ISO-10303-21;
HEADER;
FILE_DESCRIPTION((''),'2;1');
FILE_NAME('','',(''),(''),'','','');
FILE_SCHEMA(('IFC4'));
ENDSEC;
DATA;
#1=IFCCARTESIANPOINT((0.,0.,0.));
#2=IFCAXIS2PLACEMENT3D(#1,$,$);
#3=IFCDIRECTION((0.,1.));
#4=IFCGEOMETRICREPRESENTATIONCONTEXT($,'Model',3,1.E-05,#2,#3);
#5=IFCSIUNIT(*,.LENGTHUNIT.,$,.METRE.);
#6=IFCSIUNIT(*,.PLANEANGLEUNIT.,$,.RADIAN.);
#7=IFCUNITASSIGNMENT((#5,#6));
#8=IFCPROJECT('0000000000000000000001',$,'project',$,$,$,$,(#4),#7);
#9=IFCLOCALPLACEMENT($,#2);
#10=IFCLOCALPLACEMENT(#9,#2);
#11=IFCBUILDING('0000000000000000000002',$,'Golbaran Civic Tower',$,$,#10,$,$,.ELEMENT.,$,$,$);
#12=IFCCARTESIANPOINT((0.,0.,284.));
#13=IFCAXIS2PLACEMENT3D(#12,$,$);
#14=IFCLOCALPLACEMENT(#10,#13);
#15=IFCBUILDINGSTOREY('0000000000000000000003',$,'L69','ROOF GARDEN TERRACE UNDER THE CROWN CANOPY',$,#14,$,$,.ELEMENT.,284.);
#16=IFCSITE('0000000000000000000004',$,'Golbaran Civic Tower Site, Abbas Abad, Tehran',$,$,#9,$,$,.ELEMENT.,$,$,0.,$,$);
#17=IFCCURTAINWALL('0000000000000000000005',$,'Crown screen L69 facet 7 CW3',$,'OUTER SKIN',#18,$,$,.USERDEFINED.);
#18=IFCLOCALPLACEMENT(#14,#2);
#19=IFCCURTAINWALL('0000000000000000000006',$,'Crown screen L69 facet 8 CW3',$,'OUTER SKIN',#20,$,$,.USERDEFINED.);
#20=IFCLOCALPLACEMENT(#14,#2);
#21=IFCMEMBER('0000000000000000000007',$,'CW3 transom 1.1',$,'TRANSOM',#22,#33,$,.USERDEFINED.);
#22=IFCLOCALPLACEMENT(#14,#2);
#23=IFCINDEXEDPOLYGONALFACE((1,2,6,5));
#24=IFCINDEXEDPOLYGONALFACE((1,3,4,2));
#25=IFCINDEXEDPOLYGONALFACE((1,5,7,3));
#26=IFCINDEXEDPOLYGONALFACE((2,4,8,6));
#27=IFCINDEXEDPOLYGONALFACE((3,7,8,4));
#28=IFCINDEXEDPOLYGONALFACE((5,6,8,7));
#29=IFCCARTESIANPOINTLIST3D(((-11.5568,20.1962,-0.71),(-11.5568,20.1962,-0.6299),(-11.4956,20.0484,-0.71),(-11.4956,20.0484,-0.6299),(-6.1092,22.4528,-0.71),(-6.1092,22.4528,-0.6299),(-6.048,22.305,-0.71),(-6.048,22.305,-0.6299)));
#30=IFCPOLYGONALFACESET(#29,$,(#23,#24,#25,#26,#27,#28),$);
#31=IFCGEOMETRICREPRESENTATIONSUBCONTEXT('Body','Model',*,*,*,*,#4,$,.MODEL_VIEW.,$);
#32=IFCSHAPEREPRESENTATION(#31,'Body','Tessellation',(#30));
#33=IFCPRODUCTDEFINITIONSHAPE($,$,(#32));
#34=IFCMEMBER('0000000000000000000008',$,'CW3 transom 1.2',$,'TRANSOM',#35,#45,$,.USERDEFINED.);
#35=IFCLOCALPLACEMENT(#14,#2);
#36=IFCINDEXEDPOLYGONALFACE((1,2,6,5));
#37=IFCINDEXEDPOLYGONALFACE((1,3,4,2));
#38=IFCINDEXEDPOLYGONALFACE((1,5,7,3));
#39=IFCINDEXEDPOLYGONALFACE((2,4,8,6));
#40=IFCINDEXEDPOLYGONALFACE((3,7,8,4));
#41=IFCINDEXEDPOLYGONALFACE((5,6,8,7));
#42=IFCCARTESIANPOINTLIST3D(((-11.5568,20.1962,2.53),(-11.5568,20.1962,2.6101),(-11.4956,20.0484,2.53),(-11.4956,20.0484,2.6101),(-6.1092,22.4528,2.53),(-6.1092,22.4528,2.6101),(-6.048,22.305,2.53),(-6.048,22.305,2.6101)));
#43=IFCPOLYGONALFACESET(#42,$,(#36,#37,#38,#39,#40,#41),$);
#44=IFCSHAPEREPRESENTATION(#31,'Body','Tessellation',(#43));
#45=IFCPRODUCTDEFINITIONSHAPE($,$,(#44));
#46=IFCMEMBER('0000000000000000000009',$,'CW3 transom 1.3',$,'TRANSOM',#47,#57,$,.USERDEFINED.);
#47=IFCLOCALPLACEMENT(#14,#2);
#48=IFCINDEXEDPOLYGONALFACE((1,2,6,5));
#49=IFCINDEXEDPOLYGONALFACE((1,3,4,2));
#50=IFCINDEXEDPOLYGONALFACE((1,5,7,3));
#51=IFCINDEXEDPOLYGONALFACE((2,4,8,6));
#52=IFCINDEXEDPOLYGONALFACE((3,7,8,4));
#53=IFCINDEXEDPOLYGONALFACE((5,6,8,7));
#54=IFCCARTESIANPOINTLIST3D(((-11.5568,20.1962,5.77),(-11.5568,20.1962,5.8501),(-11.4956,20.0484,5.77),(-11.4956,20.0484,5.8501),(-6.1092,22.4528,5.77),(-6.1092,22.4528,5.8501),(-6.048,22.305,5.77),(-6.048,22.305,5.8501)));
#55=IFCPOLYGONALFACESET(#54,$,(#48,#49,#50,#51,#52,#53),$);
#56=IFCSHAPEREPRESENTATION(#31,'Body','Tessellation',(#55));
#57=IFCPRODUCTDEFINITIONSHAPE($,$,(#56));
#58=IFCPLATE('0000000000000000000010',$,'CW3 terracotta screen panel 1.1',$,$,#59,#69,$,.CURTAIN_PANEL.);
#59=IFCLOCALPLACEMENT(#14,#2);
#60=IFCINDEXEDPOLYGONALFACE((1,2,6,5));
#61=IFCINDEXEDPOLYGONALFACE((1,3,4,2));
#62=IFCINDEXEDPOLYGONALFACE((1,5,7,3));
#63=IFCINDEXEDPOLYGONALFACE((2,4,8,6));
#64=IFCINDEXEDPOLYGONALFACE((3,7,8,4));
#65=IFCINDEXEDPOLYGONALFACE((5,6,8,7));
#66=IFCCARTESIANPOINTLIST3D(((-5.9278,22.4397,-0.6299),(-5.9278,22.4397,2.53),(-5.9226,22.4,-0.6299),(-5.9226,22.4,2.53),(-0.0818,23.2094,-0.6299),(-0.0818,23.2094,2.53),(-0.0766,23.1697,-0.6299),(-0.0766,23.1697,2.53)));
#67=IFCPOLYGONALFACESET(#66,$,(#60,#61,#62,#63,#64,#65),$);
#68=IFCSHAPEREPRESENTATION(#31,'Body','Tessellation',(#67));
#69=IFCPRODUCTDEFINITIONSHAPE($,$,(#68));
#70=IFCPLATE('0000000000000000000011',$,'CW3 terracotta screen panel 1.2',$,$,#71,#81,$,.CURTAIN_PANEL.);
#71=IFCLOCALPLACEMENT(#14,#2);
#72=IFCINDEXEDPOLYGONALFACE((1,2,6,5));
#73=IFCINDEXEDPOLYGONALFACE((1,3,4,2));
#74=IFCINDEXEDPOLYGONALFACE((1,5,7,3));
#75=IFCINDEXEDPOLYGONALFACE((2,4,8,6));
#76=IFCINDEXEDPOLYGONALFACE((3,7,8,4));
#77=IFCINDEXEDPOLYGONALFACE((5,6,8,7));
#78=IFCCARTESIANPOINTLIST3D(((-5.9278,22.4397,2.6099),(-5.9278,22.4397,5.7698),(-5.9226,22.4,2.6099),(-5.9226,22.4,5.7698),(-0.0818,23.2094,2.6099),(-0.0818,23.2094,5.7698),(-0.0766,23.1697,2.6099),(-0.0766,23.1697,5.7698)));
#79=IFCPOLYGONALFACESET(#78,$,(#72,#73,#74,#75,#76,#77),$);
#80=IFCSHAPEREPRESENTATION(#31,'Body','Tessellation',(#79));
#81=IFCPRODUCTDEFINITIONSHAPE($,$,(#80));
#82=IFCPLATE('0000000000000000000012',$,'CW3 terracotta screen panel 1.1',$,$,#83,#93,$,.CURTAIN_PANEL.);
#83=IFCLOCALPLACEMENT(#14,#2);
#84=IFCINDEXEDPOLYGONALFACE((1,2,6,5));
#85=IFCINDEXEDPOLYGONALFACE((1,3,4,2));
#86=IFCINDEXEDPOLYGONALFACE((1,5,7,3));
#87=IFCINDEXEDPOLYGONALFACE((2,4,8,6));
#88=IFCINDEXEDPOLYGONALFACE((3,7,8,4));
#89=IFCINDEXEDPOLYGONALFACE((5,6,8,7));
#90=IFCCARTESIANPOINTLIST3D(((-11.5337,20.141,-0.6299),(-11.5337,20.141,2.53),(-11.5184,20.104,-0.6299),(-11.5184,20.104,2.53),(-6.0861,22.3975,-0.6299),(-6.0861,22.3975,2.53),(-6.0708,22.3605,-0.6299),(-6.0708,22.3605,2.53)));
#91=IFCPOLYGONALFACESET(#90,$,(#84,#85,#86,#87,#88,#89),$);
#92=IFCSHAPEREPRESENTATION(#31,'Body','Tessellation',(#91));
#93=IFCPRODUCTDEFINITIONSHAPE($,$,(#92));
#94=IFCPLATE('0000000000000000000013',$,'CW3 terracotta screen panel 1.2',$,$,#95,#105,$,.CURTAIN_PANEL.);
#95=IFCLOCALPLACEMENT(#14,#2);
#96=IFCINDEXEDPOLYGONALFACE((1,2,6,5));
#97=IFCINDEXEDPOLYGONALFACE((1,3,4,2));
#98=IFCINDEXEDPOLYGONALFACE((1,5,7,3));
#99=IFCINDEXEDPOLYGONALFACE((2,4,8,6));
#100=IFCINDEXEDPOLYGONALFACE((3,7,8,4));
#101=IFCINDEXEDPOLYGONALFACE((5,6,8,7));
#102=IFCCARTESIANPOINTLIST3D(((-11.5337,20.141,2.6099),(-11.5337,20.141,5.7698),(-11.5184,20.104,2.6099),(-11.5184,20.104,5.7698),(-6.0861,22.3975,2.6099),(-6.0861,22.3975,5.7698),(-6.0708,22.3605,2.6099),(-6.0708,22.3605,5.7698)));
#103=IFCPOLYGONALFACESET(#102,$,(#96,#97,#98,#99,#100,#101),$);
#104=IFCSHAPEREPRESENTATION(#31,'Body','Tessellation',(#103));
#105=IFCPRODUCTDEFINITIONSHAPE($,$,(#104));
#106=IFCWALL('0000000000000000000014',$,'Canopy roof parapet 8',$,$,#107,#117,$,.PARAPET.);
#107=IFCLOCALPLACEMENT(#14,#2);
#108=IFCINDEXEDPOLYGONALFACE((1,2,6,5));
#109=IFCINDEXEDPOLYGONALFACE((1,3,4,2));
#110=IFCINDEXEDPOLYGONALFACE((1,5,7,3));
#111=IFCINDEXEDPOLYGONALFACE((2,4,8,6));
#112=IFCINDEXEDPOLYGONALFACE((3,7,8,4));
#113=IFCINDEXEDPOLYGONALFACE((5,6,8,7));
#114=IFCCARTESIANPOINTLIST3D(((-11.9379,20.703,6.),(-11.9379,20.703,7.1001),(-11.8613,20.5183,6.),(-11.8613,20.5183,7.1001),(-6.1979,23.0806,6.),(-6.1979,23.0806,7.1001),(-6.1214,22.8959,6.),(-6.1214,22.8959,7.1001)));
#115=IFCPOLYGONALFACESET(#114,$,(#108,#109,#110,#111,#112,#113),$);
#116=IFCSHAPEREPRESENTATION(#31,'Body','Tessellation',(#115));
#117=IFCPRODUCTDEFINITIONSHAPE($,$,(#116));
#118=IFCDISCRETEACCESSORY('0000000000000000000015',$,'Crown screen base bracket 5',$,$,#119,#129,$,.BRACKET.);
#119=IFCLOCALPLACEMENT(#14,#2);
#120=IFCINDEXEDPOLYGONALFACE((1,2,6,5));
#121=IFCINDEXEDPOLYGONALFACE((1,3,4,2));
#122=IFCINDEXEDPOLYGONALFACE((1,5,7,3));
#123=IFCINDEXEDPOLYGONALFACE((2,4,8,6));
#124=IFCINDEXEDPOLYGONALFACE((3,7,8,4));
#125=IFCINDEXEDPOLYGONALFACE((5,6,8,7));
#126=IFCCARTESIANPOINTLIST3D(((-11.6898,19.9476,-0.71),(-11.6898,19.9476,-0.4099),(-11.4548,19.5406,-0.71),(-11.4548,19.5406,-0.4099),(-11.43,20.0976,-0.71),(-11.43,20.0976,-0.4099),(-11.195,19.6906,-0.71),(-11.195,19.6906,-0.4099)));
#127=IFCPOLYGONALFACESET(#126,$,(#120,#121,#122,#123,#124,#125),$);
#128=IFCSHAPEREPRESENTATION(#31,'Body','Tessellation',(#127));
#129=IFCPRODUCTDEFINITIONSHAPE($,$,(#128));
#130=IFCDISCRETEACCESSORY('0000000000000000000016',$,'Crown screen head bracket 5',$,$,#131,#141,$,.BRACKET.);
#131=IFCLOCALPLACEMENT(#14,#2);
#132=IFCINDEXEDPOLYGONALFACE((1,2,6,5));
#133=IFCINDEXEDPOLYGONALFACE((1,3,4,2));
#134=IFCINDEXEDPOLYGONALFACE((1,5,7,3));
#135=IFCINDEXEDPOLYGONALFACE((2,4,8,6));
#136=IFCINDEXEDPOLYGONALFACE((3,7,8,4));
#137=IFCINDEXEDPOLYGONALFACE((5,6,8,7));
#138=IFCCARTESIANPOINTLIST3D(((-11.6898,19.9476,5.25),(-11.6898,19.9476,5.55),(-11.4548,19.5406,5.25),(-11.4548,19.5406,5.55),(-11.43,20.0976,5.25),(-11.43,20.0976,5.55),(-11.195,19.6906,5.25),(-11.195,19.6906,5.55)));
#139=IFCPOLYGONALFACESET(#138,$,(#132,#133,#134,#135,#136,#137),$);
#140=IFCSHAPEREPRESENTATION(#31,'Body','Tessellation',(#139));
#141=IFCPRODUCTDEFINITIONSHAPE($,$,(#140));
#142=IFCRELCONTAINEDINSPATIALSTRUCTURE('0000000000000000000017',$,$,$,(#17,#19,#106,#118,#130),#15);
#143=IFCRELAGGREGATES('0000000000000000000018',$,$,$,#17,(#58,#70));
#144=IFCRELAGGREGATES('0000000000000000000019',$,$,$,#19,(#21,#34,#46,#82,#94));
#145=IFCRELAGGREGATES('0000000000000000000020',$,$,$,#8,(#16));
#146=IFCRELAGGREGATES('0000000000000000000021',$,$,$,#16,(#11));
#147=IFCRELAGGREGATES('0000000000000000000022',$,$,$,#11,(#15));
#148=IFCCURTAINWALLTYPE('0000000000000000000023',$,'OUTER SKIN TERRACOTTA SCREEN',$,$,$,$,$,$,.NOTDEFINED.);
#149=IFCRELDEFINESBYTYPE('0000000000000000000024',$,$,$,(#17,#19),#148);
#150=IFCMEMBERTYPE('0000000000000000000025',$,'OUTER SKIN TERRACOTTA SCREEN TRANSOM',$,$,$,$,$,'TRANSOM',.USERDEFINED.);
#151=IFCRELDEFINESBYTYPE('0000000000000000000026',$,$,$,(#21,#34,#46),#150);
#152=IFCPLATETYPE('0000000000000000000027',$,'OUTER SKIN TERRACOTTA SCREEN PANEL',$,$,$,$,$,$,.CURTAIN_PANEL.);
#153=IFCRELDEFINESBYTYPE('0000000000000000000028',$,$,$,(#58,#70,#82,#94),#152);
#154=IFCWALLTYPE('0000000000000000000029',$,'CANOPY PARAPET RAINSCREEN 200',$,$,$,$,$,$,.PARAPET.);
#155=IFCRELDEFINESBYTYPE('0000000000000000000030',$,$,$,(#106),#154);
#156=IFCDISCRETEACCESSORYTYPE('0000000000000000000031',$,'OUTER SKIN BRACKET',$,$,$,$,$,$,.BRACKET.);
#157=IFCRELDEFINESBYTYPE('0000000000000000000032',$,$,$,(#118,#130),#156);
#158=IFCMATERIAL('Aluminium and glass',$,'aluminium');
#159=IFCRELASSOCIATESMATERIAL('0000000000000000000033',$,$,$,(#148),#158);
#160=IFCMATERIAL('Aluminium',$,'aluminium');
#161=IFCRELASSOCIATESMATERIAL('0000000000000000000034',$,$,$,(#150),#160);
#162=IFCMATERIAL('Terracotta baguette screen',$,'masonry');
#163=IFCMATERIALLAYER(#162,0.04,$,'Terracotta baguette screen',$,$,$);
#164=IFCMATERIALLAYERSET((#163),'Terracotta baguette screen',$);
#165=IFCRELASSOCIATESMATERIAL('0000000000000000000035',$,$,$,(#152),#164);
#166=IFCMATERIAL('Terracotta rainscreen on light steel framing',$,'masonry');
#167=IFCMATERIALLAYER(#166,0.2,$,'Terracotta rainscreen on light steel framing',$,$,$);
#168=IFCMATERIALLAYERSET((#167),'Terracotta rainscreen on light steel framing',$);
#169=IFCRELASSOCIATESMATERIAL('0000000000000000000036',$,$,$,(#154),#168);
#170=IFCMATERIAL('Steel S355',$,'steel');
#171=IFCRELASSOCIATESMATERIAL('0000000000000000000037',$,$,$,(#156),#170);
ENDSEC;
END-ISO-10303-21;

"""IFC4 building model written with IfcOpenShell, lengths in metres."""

from ifc_helpers import new_model, si_unit, direction, frame, frame_2d, origin, origin_2d, place, context, subcontext, project, spatial, rectangle, extrude, material, layer, layer_set, material_profile, profile_set, type_object, element, aggregate, save


model = new_model("IFC4")

# Units and contexts
model_context = context("Model", 3, precision=1e-05, world=origin(), true_north=direction((0.0, 1.0)))
body_context = subcontext(model_context, "Body", "Model", "MODEL_VIEW")
ifc_project = project(units=[si_unit("LENGTHUNIT", "METRE"), si_unit("PLANEANGLEUNIT", "RADIAN")], contexts=[model_context])

# Site, building, storey
site_placement = place(None, origin())
site = spatial("IfcSite", under=ifc_project, at=site_placement, Name="Golbaran Civic Tower Site, Abbas Abad, Tehran", CompositionType="ELEMENT", RefElevation=0.0)
building_placement = place(site_placement, origin())
building = spatial("IfcBuilding", under=site, at=building_placement, Name="Golbaran Civic Tower", CompositionType="ELEMENT")
storey_placement = place(building_placement, frame((0.0, 0.0, 284.0)))
storey = spatial("IfcBuildingStorey", under=building, at=storey_placement, Name="L69", Description="ROOF GARDEN TERRACE UNDER THE CROWN CANOPY", CompositionType="ELEMENT", Elevation=284.0)

# Shared definitions
ifc_material_1 = material(Name="Steel S355", Category="steel")

# Curtain walls
ifc_material_2 = material(Name="Aluminium and glass", Category="aluminium")
curtain_wall_type = type_object("IfcCurtainWallType", Name="OUTER SKIN TERRACOTTA SCREEN", PredefinedType="NOTDEFINED", material=ifc_material_2)
curtain_wall_1_placement = place(storey_placement, origin())
curtain_wall_1 = element("IfcCurtainWall", 1, at=curtain_wall_1_placement, inside=storey, type_object=curtain_wall_type, Name="Crown screen L69 facet 7 CW3", ObjectType="OUTER SKIN", PredefinedType="USERDEFINED")
ifc_material_3 = material(Name="Aluminium", Category="aluminium")
curtain_wall_2_placement = place(storey_placement, origin())
curtain_wall_2 = element("IfcCurtainWall", 2, at=curtain_wall_2_placement, inside=storey, type_object=curtain_wall_type, Name="Crown screen L69 facet 8 CW3", ObjectType="OUTER SKIN", PredefinedType="USERDEFINED")

# Members
ifc_material_profile_1 = material_profile(ifc_material_3, rectangle(XDim=0.1599, YDim=0.0801, at=origin_2d()), Name="OUTER SKIN TERRACOTTA SCREEN TRANSOM")
ifc_profile_set_1 = profile_set([ifc_material_profile_1], Name="Aluminium")
member_type_1 = type_object("IfcMemberType", Name="OUTER SKIN TERRACOTTA SCREEN TRANSOM", ElementType="TRANSOM", PredefinedType="USERDEFINED", material=ifc_profile_set_1)
member_1_placement = place(storey_placement, frame((-6.0786, 22.3789, -0.6699), z_axis=(-0.92387, -0.382707, 0.0), x_axis=(0.382707, -0.92387, 0.0)))
member_1 = element("IfcMember", 3, at=member_1_placement, type_object=member_type_1, Name="CW3 transom 1.1", ObjectType="TRANSOM", PredefinedType="USERDEFINED", context=body_context, shape_type="SweptSolid", body=[
    extrude(rectangle(XDim=0.1599, YDim=0.0801, at=origin_2d()), origin(), (0.0, 0.0, 1.0), 5.8965),
])
member_2_placement = place(storey_placement, frame((-6.0786, 22.3789, 2.5701), z_axis=(-0.92387, -0.382707, 0.0), x_axis=(0.382707, -0.92387, 0.0)))
member_2 = element("IfcMember", 4, at=member_2_placement, type_object=member_type_1, Name="CW3 transom 1.2", ObjectType="TRANSOM", PredefinedType="USERDEFINED", context=body_context, shape_type="SweptSolid", body=[
    extrude(rectangle(XDim=0.1599, YDim=0.0801, at=origin_2d()), origin(), (0.0, 0.0, 1.0), 5.8965),
])
member_3_placement = place(storey_placement, frame((-6.0786, 22.3789, 5.8101), z_axis=(-0.92387, -0.382707, 0.0), x_axis=(0.382707, -0.92387, 0.0)))
member_3 = element("IfcMember", 5, at=member_3_placement, type_object=member_type_1, Name="CW3 transom 1.3", ObjectType="TRANSOM", PredefinedType="USERDEFINED", context=body_context, shape_type="SweptSolid", body=[
    extrude(rectangle(XDim=0.1599, YDim=0.0801, at=origin_2d()), origin(), (0.0, 0.0, 1.0), 5.8965),
])

# Plates
ifc_material_4 = material(Name="Terracotta baguette screen", Category="masonry")
ifc_layer_1 = layer(ifc_material_4, 0.04, Name="Terracotta baguette screen")
ifc_layer_set_1 = layer_set([ifc_layer_1], Name="Terracotta baguette screen")
plate_type = type_object("IfcPlateType", Name="OUTER SKIN TERRACOTTA SCREEN PANEL", PredefinedType="CURTAIN_PANEL", material=ifc_layer_set_1)
plate_1_placement = place(storey_placement, frame((-3.0022, 22.8047, -0.6299), z_axis=(0.0, 0.0, 1.0), x_axis=(-0.991445, -0.130526, 0.0)))
plate_1 = element("IfcPlate", 6, at=plate_1_placement, type_object=plate_type, Name="CW3 terracotta screen panel 1.1", PredefinedType="CURTAIN_PANEL", context=body_context, shape_type="SweptSolid", body=[
    extrude(rectangle(XDim=5.8965, YDim=0.04, at=origin_2d()), origin(), (0.0, 0.0, 1.0), 3.1599),
])
plate_2_placement = place(storey_placement, frame((-3.0022, 22.8047, 2.6099), z_axis=(0.0, 0.0, 1.0), x_axis=(-0.991445, -0.130526, 0.0)))
plate_2 = element("IfcPlate", 7, at=plate_2_placement, type_object=plate_type, Name="CW3 terracotta screen panel 1.2", PredefinedType="CURTAIN_PANEL", context=body_context, shape_type="SweptSolid", body=[
    extrude(rectangle(XDim=5.8965, YDim=0.04, at=origin_2d()), origin(), (0.0, 0.0, 1.0), 3.1599),
])
aggregate(curtain_wall_1, [plate_1, plate_2])
plate_3_placement = place(storey_placement, frame((-8.8022, 21.2507, -0.6299), z_axis=(0.0, 0.0, 1.0), x_axis=(-0.92388, -0.382683, 0.0)))
plate_3 = element("IfcPlate", 8, at=plate_3_placement, type_object=plate_type, Name="CW3 terracotta screen panel 1.1", PredefinedType="CURTAIN_PANEL", context=body_context, shape_type="SweptSolid", body=[
    extrude(rectangle(XDim=5.8965, YDim=0.04, at=origin_2d()), origin(), (0.0, 0.0, 1.0), 3.1599),
])
plate_4_placement = place(storey_placement, frame((-8.8022, 21.2507, 2.6099), z_axis=(0.0, 0.0, 1.0), x_axis=(-0.92388, -0.382683, 0.0)))
plate_4 = element("IfcPlate", 9, at=plate_4_placement, type_object=plate_type, Name="CW3 terracotta screen panel 1.2", PredefinedType="CURTAIN_PANEL", context=body_context, shape_type="SweptSolid", body=[
    extrude(rectangle(XDim=5.8965, YDim=0.04, at=origin_2d()), origin(), (0.0, 0.0, 1.0), 3.1599),
])
aggregate(curtain_wall_2, [member_1, member_2, member_3, plate_3, plate_4])

# Wall
ifc_material_5 = material(Name="Terracotta rainscreen on light steel framing", Category="masonry")
ifc_layer_2 = layer(ifc_material_5, 0.2, Name="Terracotta rainscreen on light steel framing")
ifc_layer_set_2 = layer_set([ifc_layer_2], Name="Terracotta rainscreen on light steel framing")
wall_type = type_object("IfcWallType", Name="CANOPY PARAPET RAINSCREEN 200", PredefinedType="PARAPET", material=ifc_layer_set_2)
wall_placement = place(storey_placement, frame((-6.1597, 22.9883, 6.0), z_axis=(0.0, 0.0, 1.0), x_axis=(-0.923874, -0.382698, 0.0)))
element("IfcWall", 10, at=wall_placement, inside=storey, type_object=wall_type, Name="Canopy roof parapet 8", PredefinedType="PARAPET", context=body_context, shape_type="SweptSolid", body=[
    extrude(rectangle(XDim=6.2129, YDim=0.2, at=frame_2d((3.1064, 0.0))), origin(), (0.0, 0.0, 1.0), 1.1001),
])

# Discrete accessories
discrete_accessory_type = type_object("IfcDiscreteAccessoryType", Name="OUTER SKIN BRACKET", PredefinedType="BRACKET", material=ifc_material_1)
for number, where, z_axis, x_axis, name in (
    (11, (-11.4424, 19.8191, -0.71), (0.0, 0.0, 1.0), (-0.5, 0.866025, 0.0), "Crown screen base bracket 5"),
    (12, (-11.4424, 19.8191, 5.25), (0.0, 0.0, 1.0), (-0.5, 0.866025, 0.0), "Crown screen head bracket 5"),
):
    element("IfcDiscreteAccessory", number, at=place(storey_placement, frame(where, z_axis=z_axis, x_axis=x_axis)), inside=storey, type_object=discrete_accessory_type, Name=name, PredefinedType="BRACKET", context=body_context, shape_type="SweptSolid", body=[
        extrude(rectangle(XDim=0.47, YDim=0.3, at=origin_2d()), origin(), (0.0, 0.0, 1.0), 0.3),
    ])

save(model, "model.ifc")
